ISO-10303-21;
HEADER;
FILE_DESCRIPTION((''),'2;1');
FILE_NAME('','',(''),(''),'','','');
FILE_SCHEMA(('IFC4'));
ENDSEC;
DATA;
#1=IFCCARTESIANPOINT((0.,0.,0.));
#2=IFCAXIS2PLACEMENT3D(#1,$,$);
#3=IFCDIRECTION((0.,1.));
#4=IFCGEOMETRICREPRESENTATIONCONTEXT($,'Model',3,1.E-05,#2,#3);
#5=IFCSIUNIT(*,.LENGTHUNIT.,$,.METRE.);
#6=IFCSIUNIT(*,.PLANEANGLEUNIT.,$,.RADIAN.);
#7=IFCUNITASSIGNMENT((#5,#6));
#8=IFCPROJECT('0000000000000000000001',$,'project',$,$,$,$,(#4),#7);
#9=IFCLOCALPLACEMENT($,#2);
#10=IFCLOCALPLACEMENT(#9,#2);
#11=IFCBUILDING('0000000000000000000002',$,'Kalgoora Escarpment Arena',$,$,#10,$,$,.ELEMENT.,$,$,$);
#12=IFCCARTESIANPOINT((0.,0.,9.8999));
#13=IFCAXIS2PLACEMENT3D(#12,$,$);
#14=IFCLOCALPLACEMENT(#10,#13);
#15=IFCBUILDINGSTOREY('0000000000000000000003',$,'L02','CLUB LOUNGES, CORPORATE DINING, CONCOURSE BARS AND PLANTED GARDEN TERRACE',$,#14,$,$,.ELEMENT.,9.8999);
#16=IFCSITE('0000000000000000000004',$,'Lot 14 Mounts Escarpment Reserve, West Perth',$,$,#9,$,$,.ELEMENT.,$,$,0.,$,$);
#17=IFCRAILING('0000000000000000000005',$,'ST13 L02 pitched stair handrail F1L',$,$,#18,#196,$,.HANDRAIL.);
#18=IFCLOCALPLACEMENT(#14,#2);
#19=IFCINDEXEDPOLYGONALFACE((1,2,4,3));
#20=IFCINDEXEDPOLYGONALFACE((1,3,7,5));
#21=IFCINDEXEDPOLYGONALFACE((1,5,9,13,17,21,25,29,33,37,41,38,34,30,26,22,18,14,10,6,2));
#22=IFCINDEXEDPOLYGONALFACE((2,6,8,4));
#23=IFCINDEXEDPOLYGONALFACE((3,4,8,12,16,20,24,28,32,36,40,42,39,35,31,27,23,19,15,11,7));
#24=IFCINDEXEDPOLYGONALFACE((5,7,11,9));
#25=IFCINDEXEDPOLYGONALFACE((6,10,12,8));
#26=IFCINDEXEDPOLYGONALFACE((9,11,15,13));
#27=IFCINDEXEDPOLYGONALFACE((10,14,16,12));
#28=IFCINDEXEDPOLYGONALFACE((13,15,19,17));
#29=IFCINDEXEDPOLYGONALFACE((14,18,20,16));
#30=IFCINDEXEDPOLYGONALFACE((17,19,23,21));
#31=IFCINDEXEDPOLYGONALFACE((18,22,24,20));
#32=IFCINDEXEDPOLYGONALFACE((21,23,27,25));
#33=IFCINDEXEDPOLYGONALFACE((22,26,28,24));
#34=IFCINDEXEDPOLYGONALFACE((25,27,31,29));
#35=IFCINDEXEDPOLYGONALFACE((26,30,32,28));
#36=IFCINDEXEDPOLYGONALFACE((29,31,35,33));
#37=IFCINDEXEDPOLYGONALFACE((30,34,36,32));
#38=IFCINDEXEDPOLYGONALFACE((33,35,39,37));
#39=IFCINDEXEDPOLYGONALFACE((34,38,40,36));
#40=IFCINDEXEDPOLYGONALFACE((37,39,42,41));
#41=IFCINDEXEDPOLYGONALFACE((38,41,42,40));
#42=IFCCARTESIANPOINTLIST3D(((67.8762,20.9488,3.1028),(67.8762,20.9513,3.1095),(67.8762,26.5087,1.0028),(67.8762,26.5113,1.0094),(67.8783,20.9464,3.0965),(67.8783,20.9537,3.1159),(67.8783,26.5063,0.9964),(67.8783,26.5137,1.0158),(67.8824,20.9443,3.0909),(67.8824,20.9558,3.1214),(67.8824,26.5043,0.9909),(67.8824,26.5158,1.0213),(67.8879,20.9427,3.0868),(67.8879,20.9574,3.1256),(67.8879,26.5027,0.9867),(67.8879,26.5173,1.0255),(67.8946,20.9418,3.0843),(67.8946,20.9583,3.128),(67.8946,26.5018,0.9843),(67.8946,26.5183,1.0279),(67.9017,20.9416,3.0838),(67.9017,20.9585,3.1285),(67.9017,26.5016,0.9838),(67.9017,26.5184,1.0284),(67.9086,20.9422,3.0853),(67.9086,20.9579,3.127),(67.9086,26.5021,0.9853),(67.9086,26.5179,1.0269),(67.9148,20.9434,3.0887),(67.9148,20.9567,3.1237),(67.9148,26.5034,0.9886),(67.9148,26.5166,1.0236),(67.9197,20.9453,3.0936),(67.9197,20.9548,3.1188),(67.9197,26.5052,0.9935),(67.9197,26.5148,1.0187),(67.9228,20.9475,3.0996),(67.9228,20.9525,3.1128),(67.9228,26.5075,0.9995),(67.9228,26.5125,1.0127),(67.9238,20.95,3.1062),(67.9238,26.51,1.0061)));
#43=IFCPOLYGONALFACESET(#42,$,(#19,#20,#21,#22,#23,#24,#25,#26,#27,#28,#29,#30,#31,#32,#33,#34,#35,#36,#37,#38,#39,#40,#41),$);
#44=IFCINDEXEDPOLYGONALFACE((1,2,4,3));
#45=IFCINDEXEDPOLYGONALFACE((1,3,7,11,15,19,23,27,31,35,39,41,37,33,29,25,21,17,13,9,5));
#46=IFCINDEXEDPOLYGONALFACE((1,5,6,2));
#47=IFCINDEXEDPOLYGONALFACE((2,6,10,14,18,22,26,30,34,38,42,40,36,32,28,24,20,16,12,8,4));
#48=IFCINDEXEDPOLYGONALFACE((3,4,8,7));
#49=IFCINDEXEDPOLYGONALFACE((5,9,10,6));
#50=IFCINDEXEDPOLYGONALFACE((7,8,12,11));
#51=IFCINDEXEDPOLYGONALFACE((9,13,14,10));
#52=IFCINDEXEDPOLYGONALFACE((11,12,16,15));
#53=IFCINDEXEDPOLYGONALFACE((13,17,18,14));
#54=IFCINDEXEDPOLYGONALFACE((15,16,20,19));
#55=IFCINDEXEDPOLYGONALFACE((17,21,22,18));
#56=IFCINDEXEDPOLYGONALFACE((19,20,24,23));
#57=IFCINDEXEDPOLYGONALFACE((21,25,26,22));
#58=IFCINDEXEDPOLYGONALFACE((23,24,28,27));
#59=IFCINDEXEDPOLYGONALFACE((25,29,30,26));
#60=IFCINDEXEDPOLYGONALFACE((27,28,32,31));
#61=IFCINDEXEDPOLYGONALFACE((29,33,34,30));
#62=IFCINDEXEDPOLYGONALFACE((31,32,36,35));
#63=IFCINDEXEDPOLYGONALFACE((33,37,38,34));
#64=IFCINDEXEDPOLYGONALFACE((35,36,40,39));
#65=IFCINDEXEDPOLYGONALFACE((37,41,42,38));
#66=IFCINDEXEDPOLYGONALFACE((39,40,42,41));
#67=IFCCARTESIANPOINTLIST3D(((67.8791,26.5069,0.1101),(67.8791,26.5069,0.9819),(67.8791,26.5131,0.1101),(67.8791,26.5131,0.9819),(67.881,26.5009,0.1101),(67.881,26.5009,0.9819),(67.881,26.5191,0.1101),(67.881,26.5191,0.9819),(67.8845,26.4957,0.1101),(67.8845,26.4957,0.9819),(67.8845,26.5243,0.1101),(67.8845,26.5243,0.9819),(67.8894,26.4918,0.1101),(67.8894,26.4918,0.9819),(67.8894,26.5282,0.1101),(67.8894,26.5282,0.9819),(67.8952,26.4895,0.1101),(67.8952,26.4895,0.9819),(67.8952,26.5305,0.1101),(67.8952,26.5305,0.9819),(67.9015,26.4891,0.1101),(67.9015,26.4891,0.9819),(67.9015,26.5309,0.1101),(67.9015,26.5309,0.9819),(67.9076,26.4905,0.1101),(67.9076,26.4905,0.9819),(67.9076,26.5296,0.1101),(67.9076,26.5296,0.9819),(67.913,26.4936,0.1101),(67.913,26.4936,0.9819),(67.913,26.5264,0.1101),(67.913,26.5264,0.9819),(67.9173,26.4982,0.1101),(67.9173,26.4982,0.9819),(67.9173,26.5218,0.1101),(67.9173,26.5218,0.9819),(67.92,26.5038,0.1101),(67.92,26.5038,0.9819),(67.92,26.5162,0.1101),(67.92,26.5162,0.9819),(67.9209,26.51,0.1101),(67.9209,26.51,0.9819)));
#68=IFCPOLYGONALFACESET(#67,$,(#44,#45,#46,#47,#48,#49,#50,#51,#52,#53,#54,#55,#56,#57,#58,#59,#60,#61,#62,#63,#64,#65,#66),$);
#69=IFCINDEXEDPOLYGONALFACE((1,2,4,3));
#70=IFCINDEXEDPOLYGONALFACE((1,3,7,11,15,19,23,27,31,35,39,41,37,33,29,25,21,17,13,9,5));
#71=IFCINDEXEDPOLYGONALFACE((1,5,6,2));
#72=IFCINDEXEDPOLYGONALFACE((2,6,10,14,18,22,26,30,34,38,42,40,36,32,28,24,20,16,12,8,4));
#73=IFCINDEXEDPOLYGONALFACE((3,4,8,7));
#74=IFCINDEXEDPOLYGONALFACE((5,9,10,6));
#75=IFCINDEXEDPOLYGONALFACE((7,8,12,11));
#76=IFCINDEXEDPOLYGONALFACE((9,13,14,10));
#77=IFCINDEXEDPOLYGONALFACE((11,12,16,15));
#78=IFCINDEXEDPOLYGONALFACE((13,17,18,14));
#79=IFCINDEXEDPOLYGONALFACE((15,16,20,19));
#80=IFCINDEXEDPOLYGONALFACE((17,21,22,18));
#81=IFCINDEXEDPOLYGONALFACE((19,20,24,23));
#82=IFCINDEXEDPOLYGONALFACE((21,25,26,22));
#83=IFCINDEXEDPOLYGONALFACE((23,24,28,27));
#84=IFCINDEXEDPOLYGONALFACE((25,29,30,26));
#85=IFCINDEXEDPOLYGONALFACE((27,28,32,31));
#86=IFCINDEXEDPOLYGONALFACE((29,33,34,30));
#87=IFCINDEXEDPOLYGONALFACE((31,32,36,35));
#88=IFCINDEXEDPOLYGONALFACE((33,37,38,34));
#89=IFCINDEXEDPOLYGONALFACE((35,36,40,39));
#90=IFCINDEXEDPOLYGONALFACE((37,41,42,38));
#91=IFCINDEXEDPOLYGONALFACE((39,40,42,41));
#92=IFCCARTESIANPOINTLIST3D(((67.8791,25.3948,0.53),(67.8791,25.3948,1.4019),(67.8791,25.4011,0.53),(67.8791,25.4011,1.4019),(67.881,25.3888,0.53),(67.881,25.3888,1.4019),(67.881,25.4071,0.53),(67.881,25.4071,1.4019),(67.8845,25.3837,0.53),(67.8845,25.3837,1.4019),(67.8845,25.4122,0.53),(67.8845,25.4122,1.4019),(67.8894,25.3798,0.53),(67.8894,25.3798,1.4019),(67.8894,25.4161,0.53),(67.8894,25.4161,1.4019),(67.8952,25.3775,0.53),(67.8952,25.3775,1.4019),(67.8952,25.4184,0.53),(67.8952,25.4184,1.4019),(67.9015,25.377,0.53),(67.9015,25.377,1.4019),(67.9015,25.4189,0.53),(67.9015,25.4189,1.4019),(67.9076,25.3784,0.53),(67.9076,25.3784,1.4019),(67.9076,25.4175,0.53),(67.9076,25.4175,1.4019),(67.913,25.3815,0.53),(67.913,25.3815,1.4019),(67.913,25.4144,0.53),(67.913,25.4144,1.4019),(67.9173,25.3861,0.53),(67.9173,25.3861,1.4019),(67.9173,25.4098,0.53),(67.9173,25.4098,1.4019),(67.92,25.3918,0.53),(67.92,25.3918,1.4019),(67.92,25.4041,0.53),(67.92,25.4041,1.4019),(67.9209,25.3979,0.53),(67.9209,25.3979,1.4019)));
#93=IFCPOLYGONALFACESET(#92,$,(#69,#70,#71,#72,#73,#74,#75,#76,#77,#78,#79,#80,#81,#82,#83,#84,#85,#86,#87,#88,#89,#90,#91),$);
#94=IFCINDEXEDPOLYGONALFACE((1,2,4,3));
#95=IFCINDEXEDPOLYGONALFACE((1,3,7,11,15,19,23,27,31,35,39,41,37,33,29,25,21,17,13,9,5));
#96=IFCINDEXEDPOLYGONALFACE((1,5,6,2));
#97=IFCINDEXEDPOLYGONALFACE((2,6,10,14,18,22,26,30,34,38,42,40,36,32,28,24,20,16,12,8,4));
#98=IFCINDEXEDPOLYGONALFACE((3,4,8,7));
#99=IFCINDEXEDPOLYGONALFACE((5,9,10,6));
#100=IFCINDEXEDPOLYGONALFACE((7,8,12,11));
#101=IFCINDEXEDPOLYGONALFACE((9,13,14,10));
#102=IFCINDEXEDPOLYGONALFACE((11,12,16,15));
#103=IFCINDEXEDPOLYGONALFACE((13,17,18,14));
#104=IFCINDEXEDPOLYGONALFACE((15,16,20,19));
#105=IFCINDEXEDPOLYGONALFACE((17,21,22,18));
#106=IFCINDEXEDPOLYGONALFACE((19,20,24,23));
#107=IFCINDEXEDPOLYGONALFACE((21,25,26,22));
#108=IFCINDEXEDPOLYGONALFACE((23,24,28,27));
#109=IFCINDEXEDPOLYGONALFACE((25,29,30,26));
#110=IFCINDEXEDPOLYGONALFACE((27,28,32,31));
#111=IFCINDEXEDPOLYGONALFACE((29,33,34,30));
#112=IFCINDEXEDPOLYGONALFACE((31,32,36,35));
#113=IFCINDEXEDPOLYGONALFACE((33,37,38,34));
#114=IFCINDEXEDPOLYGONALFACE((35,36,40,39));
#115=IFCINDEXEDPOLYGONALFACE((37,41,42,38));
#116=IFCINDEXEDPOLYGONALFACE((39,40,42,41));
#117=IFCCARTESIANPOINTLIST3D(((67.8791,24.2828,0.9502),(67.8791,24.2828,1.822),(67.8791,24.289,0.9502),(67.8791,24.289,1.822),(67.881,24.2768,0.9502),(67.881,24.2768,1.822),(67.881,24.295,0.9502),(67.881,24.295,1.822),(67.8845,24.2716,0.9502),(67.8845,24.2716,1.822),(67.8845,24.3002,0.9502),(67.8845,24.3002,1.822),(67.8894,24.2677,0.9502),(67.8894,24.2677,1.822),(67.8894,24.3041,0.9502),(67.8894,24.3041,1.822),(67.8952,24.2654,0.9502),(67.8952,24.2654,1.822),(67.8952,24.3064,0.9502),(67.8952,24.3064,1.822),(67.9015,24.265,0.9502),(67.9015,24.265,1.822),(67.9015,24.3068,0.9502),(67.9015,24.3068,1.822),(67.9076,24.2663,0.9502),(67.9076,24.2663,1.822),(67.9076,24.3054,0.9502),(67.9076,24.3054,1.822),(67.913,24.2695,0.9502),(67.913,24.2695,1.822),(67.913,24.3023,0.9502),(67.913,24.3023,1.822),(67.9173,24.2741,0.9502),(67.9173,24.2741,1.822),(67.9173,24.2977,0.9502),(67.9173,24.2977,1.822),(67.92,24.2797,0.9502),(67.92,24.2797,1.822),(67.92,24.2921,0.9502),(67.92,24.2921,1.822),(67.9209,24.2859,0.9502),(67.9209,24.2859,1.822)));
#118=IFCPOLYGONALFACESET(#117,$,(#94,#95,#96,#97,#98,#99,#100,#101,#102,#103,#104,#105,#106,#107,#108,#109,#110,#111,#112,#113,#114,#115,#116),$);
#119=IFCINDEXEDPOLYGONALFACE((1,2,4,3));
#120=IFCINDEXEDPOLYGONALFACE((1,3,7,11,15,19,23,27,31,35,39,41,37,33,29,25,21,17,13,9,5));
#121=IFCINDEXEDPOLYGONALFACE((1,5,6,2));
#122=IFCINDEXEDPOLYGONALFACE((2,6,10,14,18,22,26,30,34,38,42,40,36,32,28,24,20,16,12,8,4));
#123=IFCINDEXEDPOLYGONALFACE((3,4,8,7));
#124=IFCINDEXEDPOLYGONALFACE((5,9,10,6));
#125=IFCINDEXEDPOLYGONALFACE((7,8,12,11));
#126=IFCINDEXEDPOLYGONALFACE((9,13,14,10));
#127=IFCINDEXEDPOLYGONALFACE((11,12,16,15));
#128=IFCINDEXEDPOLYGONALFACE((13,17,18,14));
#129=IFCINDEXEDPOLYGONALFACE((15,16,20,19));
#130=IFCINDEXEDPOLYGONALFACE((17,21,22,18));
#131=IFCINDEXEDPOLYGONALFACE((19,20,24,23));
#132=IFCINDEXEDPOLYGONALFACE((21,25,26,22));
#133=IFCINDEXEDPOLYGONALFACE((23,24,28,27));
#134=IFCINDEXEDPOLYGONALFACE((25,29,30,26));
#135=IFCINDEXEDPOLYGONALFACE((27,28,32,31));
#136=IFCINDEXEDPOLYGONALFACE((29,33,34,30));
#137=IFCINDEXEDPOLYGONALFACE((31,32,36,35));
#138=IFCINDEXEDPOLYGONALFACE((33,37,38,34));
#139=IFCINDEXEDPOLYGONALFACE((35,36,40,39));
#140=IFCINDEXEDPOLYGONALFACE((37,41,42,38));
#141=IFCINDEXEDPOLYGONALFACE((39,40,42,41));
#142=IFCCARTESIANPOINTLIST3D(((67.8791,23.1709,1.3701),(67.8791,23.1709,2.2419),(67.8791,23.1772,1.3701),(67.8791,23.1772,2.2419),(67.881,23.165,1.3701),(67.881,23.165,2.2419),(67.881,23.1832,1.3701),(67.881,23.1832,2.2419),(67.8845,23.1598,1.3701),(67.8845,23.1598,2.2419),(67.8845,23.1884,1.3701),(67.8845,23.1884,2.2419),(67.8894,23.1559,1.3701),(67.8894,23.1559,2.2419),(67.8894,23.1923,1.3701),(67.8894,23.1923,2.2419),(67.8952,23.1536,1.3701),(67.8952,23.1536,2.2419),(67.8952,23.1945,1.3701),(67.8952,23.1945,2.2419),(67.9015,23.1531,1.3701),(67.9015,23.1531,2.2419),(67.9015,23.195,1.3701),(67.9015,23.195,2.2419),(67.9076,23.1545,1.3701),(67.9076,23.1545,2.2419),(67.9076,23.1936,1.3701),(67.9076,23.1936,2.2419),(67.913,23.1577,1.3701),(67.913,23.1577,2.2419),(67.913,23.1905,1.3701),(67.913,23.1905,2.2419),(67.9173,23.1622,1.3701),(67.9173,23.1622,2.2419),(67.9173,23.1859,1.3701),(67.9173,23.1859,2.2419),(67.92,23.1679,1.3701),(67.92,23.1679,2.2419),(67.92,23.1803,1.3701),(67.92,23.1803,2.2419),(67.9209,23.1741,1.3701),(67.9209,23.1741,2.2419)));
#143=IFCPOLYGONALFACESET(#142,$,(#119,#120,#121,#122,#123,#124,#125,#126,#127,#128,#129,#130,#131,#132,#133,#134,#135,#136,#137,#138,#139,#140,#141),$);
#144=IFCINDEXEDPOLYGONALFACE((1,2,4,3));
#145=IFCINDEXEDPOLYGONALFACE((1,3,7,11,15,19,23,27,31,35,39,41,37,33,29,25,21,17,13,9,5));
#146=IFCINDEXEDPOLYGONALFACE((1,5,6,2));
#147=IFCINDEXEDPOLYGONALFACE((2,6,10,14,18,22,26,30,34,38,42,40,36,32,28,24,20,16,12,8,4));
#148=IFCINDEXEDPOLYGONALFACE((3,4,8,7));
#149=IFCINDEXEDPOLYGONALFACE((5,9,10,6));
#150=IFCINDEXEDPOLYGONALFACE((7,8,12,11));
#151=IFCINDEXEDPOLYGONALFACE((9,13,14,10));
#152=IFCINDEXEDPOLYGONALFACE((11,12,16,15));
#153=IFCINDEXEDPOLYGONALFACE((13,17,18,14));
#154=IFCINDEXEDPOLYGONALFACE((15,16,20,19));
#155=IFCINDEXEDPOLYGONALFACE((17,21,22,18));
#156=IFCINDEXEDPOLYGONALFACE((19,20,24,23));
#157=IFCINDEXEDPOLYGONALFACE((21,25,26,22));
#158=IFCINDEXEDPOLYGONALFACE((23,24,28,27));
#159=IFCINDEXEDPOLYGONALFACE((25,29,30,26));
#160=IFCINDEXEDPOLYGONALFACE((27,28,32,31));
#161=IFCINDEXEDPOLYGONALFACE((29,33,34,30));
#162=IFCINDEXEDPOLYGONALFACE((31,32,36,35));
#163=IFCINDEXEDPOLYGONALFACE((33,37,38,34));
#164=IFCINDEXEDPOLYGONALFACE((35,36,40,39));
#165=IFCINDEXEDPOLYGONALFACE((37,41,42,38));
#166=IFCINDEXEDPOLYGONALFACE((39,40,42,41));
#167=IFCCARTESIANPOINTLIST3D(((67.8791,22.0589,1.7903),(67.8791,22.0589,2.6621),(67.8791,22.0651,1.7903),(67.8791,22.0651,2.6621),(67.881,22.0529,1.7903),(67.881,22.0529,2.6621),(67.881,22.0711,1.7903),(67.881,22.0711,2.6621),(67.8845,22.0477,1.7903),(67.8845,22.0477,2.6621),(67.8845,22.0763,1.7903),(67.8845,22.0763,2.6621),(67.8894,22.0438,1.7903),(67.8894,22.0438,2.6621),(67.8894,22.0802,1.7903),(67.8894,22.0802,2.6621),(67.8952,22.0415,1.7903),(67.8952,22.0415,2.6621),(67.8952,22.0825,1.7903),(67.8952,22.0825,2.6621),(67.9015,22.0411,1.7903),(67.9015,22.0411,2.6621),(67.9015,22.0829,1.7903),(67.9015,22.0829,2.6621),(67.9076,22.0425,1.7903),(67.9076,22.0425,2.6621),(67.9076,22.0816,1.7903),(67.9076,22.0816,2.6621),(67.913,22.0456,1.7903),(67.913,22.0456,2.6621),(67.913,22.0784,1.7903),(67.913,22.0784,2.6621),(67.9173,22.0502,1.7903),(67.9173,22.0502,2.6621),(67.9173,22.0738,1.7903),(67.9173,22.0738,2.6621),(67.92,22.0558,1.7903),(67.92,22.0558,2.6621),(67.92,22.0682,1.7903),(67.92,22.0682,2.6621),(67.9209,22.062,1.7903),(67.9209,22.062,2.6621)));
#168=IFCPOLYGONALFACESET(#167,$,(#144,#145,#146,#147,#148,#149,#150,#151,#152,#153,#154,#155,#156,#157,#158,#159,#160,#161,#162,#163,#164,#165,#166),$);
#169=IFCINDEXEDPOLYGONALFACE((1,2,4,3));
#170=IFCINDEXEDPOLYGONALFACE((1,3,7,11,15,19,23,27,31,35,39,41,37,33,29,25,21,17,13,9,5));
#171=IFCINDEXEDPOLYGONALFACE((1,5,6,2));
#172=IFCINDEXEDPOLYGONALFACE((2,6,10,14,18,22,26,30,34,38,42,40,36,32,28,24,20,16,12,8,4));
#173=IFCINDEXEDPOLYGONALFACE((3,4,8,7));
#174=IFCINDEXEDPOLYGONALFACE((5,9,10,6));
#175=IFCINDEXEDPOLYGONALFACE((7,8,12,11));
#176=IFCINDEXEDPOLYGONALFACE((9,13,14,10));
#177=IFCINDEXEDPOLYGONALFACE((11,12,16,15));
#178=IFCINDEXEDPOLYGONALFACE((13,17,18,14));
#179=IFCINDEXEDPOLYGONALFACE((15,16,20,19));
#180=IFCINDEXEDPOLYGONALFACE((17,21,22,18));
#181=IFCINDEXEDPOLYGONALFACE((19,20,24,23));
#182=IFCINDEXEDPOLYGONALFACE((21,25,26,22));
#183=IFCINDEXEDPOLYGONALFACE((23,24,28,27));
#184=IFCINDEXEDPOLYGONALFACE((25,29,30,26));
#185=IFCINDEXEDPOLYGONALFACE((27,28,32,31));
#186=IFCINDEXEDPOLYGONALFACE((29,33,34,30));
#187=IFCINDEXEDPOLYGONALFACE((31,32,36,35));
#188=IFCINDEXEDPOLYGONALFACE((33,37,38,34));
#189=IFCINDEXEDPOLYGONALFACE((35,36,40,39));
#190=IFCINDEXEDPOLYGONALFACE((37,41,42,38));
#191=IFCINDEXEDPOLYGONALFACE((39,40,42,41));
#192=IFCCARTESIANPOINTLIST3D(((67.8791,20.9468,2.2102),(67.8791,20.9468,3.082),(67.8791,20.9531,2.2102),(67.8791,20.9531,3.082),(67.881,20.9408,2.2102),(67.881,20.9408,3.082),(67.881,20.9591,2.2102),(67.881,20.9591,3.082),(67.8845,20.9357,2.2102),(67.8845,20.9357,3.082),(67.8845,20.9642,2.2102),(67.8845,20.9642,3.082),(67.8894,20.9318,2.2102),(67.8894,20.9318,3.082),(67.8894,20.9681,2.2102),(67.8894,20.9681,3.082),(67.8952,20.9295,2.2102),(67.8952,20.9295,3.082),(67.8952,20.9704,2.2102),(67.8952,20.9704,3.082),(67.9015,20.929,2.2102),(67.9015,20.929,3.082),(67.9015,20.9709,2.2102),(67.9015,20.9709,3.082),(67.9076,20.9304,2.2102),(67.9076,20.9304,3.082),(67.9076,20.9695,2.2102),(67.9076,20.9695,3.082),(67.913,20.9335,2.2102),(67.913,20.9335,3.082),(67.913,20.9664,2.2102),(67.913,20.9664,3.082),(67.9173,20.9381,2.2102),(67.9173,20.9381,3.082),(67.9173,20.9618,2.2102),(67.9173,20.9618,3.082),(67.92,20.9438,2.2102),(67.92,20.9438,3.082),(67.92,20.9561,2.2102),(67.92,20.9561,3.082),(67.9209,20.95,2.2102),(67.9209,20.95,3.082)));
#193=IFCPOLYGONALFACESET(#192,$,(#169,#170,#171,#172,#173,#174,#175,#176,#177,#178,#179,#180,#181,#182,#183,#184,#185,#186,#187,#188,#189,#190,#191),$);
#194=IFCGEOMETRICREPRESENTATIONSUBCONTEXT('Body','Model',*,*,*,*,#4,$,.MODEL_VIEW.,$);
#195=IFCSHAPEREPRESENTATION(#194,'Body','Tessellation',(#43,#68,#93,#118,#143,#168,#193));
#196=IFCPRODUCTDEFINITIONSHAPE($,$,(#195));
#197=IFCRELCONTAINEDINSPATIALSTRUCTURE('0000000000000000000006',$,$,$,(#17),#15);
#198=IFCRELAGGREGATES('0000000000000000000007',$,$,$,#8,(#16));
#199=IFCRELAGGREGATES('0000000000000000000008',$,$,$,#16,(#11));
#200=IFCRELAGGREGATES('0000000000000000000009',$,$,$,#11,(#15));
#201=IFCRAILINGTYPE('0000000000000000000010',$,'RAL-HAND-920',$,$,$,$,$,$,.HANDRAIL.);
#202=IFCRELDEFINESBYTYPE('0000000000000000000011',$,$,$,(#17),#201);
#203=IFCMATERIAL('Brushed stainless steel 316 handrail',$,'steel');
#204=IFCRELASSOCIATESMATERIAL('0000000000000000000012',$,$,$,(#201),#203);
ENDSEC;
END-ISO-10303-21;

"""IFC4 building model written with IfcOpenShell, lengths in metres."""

from ifc_helpers import new_model, si_unit, direction, frame, origin, origin_2d, place, context, subcontext, project, spatial, circle, extrude, material, type_object, element, save


model = new_model("IFC4")

# Units and contexts
model_context = context("Model", 3, precision=1e-05, world=origin(), true_north=direction((0.0, 1.0)))
body_context = subcontext(model_context, "Body", "Model", "MODEL_VIEW")
ifc_project = project(units=[si_unit("LENGTHUNIT", "METRE"), si_unit("PLANEANGLEUNIT", "RADIAN")], contexts=[model_context])

# Site, building, storey
site_placement = place(None, origin())
site = spatial("IfcSite", under=ifc_project, at=site_placement, Name="Lot 14 Mounts Escarpment Reserve, West Perth", CompositionType="ELEMENT", RefElevation=0.0)
building_placement = place(site_placement, origin())
building = spatial("IfcBuilding", under=site, at=building_placement, Name="Kalgoora Escarpment Arena", CompositionType="ELEMENT")
storey_placement = place(building_placement, frame((0.0, 0.0, 9.8999)))
storey = spatial("IfcBuildingStorey", under=building, at=storey_placement, Name="L02", Description="CLUB LOUNGES, CORPORATE DINING, CONCOURSE BARS AND PLANTED GARDEN TERRACE", CompositionType="ELEMENT", Elevation=9.8999)

# Railing
ifc_material_1 = material(Name="Brushed stainless steel 316 handrail", Category="steel")
railing_type_1 = type_object("IfcRailingType", Name="RAL-HAND-920", PredefinedType="HANDRAIL", material=ifc_material_1)
for number, where, name in (
    (1, (67.8999, 26.51, 0.1101), "ST13 L02 pitched stair handrail F1L"),
):
    element("IfcRailing", number, at=place(storey_placement, frame(where)), inside=storey, type_object=railing_type_1, Name=name, PredefinedType="HANDRAIL", context=body_context, shape_type="SweptSolid", body=[
        extrude(circle(Radius=0.0239, at=origin_2d()), frame((0.0, 0.0, 0.896), z_axis=(0.0, -0.935493, 0.353346), x_axis=(1.0, 0.0, 0.0)), (0.0, 0.0, 1.0), 5.9434),
        extrude(circle(Radius=0.021, at=origin_2d()), origin(), (0.0, 0.0, 1.0), 0.8718),
        extrude(circle(Radius=0.021, at=origin_2d()), frame((0.0, -1.1121, 0.4199)), (0.0, 0.0, 1.0), 0.8718),
        extrude(circle(Radius=0.021, at=origin_2d()), frame((0.0, -2.2241, 0.8401)), (0.0, 0.0, 1.0), 0.8718),
        extrude(circle(Radius=0.021, at=origin_2d()), frame((0.0, -3.3359, 1.26)), (0.0, 0.0, 1.0), 0.8718),
        extrude(circle(Radius=0.021, at=origin_2d()), frame((0.0, -4.448, 1.6802)), (0.0, 0.0, 1.0), 0.8718),
        extrude(circle(Radius=0.021, at=origin_2d()), frame((0.0, -5.5601, 2.1001)), (0.0, 0.0, 1.0), 0.8718),
    ])

save(model, "model.ifc")
